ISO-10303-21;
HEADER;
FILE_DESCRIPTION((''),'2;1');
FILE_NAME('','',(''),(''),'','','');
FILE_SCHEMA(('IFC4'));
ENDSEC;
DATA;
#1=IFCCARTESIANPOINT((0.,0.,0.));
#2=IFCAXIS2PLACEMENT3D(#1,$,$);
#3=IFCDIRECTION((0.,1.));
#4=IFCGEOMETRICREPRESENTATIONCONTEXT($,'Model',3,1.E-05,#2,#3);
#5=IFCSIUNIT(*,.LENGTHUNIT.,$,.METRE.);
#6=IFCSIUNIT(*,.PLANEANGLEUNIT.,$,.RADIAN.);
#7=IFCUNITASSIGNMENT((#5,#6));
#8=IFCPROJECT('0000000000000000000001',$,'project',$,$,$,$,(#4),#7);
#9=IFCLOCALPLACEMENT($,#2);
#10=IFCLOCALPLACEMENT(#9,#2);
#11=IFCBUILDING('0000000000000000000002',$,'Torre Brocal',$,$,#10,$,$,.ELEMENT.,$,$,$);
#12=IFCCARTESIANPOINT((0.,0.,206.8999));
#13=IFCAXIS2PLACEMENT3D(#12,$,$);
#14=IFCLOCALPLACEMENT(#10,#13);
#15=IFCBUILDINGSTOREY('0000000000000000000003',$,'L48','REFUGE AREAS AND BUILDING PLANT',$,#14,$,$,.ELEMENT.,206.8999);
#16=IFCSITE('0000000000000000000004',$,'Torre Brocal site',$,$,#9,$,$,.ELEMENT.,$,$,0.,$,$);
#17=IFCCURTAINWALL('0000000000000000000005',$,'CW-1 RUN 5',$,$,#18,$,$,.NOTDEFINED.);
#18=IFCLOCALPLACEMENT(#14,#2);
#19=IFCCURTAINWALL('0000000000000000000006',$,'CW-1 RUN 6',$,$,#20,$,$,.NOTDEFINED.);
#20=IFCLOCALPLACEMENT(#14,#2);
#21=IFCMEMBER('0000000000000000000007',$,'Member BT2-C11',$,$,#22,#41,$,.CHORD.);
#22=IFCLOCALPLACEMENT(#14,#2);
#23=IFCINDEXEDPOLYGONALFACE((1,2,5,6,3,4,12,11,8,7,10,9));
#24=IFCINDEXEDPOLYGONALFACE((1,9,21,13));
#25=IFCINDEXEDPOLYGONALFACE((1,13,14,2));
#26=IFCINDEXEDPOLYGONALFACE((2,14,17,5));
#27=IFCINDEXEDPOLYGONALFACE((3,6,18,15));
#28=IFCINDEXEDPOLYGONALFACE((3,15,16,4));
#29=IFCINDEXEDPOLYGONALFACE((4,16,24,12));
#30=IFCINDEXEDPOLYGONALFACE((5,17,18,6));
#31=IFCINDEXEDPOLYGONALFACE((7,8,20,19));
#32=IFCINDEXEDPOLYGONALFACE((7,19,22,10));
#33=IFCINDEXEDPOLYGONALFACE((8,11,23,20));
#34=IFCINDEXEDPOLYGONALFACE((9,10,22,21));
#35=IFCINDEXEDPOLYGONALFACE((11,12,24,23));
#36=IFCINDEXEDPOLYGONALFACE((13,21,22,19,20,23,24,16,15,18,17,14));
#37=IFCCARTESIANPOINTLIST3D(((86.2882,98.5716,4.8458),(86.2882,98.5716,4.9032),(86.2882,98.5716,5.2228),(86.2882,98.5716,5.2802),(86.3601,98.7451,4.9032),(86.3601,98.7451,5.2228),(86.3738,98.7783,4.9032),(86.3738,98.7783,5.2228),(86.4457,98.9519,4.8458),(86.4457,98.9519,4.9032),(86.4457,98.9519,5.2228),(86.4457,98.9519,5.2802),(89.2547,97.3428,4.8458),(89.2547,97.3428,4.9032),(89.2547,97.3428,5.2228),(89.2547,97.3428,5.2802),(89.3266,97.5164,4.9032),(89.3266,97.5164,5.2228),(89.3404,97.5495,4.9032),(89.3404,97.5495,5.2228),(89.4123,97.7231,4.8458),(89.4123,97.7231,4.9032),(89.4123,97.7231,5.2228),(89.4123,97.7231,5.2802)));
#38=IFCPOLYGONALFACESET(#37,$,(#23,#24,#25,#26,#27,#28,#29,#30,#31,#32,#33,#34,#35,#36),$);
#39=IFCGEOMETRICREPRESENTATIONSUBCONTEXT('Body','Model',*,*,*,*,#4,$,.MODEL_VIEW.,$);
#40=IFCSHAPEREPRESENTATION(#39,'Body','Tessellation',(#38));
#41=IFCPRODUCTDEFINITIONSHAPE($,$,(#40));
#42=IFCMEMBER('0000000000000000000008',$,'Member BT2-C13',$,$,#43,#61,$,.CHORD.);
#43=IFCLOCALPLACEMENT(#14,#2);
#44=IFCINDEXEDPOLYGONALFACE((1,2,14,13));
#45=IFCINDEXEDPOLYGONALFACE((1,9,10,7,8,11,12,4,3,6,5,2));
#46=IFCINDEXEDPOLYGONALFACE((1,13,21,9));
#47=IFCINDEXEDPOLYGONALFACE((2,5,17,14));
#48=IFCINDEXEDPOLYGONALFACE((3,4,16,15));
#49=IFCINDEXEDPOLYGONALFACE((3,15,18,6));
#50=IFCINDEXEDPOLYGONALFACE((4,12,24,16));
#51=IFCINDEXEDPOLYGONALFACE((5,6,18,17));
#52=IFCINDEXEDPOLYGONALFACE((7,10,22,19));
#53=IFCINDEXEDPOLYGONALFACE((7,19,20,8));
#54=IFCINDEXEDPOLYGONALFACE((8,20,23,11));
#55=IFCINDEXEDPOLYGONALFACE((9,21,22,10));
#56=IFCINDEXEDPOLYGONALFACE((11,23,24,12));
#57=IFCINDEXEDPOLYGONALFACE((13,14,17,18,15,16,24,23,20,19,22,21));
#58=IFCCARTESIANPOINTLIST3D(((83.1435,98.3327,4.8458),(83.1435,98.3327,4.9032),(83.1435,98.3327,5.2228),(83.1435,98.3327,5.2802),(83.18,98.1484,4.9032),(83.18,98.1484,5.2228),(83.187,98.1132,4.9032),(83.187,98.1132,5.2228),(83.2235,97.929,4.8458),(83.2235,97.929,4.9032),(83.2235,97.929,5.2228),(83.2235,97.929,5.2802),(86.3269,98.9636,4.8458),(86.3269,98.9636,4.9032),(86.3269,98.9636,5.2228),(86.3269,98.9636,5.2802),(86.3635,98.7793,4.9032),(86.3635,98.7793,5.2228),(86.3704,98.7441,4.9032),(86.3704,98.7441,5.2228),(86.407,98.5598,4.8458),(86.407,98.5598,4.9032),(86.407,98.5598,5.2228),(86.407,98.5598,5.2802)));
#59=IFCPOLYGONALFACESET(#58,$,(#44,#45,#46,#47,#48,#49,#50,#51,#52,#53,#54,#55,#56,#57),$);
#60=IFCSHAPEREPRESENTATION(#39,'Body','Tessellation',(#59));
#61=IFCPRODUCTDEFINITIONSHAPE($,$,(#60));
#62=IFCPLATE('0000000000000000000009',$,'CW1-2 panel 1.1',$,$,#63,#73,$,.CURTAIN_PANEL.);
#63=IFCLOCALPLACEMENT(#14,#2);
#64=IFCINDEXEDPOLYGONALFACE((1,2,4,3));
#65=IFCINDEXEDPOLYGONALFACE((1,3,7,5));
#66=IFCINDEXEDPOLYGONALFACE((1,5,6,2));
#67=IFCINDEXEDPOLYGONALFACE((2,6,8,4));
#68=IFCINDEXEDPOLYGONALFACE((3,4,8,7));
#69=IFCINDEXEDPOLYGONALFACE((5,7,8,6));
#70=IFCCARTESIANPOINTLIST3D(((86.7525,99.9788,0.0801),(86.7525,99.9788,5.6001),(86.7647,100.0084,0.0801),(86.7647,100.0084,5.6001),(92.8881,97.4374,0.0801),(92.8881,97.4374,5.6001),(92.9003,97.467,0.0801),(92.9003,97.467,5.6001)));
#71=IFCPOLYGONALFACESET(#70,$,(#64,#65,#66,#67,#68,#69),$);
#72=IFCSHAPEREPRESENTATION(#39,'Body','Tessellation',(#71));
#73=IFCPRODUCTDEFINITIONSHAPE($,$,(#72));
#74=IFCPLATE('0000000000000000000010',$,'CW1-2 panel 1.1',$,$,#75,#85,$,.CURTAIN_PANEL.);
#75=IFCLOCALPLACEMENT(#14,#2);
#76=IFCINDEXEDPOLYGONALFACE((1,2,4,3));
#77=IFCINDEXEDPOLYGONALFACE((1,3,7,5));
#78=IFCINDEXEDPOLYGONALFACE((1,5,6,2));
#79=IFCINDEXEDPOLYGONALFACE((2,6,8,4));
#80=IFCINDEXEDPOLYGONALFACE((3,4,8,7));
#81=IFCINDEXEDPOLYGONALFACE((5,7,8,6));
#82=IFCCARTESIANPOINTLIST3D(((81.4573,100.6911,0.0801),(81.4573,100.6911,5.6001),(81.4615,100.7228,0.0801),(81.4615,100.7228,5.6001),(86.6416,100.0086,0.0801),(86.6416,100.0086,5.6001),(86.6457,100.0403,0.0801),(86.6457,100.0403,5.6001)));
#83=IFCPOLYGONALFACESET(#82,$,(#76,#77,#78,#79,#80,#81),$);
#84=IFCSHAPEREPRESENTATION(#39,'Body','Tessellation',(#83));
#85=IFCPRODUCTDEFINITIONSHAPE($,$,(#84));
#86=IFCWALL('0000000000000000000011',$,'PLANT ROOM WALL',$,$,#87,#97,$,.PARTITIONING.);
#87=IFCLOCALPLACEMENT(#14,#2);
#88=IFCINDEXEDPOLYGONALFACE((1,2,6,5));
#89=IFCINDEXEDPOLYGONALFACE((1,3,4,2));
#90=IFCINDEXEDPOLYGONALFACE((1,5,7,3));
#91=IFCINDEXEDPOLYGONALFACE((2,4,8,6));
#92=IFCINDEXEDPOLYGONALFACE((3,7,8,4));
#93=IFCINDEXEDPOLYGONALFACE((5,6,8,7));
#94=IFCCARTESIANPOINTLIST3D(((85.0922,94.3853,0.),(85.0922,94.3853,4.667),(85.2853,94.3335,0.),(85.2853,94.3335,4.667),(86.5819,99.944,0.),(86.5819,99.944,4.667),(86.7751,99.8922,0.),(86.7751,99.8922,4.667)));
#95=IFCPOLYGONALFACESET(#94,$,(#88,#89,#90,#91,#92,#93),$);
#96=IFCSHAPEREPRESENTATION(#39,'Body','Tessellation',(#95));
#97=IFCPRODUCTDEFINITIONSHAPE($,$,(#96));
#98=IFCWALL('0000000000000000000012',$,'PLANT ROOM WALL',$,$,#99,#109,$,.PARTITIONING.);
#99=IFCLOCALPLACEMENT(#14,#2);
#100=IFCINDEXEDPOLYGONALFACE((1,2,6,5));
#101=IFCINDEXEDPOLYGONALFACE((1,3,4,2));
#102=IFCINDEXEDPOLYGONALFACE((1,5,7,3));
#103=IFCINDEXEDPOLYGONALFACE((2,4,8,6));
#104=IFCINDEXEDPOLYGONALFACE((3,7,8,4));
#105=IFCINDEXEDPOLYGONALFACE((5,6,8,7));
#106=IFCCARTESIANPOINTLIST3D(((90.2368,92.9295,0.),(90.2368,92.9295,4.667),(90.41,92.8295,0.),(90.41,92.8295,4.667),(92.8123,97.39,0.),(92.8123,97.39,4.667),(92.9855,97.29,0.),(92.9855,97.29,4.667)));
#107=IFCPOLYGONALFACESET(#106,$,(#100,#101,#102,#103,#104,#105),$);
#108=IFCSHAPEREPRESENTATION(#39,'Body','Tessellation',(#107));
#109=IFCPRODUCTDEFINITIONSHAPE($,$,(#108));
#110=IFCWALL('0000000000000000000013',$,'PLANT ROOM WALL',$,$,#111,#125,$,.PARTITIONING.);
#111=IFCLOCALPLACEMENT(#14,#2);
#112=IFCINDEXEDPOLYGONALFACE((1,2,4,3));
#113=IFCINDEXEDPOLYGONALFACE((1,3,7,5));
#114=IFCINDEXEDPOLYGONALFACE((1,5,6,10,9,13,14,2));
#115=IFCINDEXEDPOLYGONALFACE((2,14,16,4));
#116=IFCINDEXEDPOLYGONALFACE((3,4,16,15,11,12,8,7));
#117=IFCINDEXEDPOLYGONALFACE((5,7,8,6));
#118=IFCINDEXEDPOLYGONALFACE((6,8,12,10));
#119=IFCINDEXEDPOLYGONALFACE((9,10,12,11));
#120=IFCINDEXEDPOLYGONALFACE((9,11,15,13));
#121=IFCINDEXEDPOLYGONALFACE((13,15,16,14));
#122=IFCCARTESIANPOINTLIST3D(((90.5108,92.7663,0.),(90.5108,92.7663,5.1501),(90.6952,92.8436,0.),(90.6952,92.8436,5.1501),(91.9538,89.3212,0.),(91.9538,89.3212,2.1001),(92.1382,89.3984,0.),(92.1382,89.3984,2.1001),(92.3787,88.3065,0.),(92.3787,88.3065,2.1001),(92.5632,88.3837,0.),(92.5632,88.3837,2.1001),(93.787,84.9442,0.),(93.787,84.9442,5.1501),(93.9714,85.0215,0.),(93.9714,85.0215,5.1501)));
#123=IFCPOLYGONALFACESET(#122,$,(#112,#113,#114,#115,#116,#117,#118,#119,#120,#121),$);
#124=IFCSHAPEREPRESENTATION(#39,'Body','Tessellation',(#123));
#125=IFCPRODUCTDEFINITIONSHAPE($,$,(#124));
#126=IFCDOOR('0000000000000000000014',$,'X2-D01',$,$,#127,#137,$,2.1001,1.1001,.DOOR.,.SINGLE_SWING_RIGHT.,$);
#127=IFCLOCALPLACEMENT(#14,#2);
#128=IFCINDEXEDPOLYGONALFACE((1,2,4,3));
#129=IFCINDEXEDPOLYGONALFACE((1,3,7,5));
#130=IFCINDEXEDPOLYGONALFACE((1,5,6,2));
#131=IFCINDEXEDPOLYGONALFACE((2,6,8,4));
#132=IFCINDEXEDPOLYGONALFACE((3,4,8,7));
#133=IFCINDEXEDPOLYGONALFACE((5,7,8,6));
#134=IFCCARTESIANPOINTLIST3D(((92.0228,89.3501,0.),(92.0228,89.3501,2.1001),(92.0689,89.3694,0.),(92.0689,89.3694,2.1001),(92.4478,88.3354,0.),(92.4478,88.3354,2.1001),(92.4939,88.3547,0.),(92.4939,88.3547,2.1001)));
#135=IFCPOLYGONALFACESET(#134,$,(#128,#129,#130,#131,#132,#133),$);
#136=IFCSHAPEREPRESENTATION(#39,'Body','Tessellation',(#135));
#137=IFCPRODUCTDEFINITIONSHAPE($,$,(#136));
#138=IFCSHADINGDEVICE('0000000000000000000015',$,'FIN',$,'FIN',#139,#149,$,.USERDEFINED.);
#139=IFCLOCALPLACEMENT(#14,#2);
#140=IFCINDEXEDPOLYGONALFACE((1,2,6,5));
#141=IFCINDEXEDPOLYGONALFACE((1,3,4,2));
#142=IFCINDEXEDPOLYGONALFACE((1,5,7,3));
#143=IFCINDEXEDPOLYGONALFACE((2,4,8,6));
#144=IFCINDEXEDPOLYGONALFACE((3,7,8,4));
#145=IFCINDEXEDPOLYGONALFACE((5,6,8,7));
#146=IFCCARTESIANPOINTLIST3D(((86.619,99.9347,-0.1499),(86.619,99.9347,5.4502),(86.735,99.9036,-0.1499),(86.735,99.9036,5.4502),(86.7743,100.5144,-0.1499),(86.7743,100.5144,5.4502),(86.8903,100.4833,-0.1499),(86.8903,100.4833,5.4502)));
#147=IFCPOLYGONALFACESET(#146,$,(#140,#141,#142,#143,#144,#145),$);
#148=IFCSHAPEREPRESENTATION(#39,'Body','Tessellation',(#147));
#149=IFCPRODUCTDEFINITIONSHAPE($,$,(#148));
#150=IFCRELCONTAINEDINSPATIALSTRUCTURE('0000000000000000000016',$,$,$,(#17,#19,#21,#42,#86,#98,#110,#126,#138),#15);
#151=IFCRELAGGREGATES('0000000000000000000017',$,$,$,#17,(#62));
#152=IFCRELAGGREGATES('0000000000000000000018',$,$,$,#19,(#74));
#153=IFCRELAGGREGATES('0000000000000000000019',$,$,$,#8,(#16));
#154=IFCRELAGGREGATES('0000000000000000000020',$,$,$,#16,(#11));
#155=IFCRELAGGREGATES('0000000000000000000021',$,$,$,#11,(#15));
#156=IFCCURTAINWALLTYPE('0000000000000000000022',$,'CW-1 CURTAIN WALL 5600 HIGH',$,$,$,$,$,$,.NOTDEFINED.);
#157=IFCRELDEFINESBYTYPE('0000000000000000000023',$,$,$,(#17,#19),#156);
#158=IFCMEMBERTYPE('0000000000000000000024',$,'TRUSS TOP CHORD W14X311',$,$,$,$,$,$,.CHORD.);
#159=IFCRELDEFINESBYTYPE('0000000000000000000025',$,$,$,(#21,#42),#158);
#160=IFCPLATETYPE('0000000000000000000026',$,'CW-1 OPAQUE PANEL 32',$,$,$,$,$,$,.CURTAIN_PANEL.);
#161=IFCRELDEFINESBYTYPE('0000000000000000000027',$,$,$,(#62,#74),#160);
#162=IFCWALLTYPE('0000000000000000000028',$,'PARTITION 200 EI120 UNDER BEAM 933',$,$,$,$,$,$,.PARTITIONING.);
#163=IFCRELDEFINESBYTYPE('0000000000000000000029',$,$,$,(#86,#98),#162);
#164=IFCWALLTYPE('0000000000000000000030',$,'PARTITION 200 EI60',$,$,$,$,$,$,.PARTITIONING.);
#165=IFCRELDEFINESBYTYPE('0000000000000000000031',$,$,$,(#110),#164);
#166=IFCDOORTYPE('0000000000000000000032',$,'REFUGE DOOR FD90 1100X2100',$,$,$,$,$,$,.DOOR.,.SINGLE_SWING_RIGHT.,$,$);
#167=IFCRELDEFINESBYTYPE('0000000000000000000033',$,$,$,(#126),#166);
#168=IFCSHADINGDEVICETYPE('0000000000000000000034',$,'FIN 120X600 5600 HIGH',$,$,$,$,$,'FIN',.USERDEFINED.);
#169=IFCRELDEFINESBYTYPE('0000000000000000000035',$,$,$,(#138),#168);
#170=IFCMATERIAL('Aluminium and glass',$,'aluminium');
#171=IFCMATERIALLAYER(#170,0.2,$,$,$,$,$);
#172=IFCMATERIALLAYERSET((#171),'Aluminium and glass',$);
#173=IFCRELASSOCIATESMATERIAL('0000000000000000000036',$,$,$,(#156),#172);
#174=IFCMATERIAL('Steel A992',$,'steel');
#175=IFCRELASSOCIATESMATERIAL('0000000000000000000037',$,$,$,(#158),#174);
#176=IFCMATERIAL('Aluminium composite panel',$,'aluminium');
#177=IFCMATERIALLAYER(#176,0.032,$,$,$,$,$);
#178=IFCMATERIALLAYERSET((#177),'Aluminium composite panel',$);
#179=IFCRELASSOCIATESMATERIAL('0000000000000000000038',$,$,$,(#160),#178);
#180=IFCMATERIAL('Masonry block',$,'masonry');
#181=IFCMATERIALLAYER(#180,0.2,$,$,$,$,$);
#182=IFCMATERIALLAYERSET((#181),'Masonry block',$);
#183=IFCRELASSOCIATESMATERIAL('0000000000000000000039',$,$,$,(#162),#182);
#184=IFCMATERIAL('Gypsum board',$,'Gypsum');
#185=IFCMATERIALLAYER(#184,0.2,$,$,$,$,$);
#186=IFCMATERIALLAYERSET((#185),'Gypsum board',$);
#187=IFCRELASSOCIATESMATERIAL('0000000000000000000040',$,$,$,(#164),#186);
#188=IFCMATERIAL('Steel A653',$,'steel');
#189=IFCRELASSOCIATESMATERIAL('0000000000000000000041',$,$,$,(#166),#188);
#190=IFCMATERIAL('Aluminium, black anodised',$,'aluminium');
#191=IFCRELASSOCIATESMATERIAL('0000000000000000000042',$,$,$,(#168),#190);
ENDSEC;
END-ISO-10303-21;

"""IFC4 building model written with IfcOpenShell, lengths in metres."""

from ifc_helpers import new_model, si_unit, direction, frame, frame_2d, origin, origin_2d, place, context, subcontext, project, spatial, rectangle, i_section, extrude, material, layer, layer_set, material_profile, profile_set, type_object, element, fill, aggregate, save


model = new_model("IFC4")

# Units and contexts
model_context = context("Model", 3, precision=1e-05, world=origin(), true_north=direction((0.0, 1.0)))
body_context = subcontext(model_context, "Body", "Model", "MODEL_VIEW")
ifc_project = project(units=[si_unit("LENGTHUNIT", "METRE"), si_unit("PLANEANGLEUNIT", "RADIAN")], contexts=[model_context])

# Site, building, storey
site_placement = place(None, origin())
site = spatial("IfcSite", under=ifc_project, at=site_placement, Name="Torre Brocal site", CompositionType="ELEMENT", RefElevation=0.0)
building_placement = place(site_placement, origin())
building = spatial("IfcBuilding", under=site, at=building_placement, Name="Torre Brocal", CompositionType="ELEMENT")
storey_placement = place(building_placement, frame((0.0, 0.0, 206.8999)))
storey = spatial("IfcBuildingStorey", under=building, at=storey_placement, Name="L48", Description="REFUGE AREAS AND BUILDING PLANT", CompositionType="ELEMENT", Elevation=206.8999)

# Curtain wall
ifc_material_1 = material(Name="Aluminium and glass", Category="aluminium")
ifc_layer_1 = layer(ifc_material_1, 0.2)
ifc_layer_set_1 = layer_set([ifc_layer_1], Name="Aluminium and glass")
curtain_wall_type = type_object("IfcCurtainWallType", Name="CW-1 CURTAIN WALL 5600 HIGH", PredefinedType="NOTDEFINED", material=ifc_layer_set_1)
curtain_wall_1_placement = place(storey_placement, origin())
curtain_wall_1 = element("IfcCurtainWall", 1, at=curtain_wall_1_placement, inside=storey, type_object=curtain_wall_type, Name="CW-1 RUN 5", PredefinedType="NOTDEFINED")

# Curtain wall
curtain_wall_2_placement = place(storey_placement, origin())
curtain_wall_2 = element("IfcCurtainWall", 2, at=curtain_wall_2_placement, inside=storey, type_object=curtain_wall_type, Name="CW-1 RUN 6", PredefinedType="NOTDEFINED")

# Members
ifc_material_2 = material(Name="Steel A992", Category="steel")
ifc_material_profile_1 = material_profile(ifc_material_2, i_section(OverallWidth=0.4116, OverallDepth=0.4343, WebThickness=0.0359, FlangeThickness=0.0574, at=origin_2d()), Name="W14X311")
ifc_profile_set_1 = profile_set([ifc_material_profile_1], Name="Steel A992")
member_type_1 = type_object("IfcMemberType", Name="TRUSS TOP CHORD W14X311", PredefinedType="CHORD", material=ifc_profile_set_1)
member_1_placement = place(storey_placement, frame((89.3335, 97.533, 5.063), z_axis=(-0.923882, 0.382676, 0.0), x_axis=(-0.382676, -0.923882, 0.0)))
element("IfcMember", 3, at=member_1_placement, inside=storey, type_object=member_type_1, Name="Member BT2-C11", PredefinedType="CHORD", context=body_context, shape_type="SweptSolid", body=[
    extrude(i_section(OverallWidth=0.4116, OverallDepth=0.4343, WebThickness=0.0359, FlangeThickness=0.0574, at=origin_2d()), origin(), (0.0, 0.0, 1.0), 3.2109),
])
member_2_placement = place(storey_placement, frame((86.3669, 98.7617, 5.063), z_axis=(-0.980923, -0.194394, 0.0), x_axis=(0.194394, -0.980923, 0.0)))
element("IfcMember", 4, at=member_2_placement, inside=storey, type_object=member_type_1, Name="Member BT2-C13", PredefinedType="CHORD", context=body_context, shape_type="SweptSolid", body=[
    extrude(i_section(OverallWidth=0.4116, OverallDepth=0.4343, WebThickness=0.0359, FlangeThickness=0.0574, at=origin_2d()), origin(), (0.0, 0.0, 1.0), 3.2454),
])

# Plates
ifc_material_3 = material(Name="Aluminium composite panel", Category="aluminium")
ifc_layer_2 = layer(ifc_material_3, 0.032)
ifc_layer_set_2 = layer_set([ifc_layer_2], Name="Aluminium composite panel")
plate_type = type_object("IfcPlateType", Name="CW-1 OPAQUE PANEL 32", PredefinedType="CURTAIN_PANEL", material=ifc_layer_set_2)
plate_1_placement = place(storey_placement, frame((89.8264, 98.7229, 0.0801), z_axis=(0.0, 0.0, 1.0), x_axis=(-0.92388, 0.382683, 0.0)))
plate_1 = element("IfcPlate", 5, at=plate_1_placement, type_object=plate_type, Name="CW1-2 panel 1.1", PredefinedType="CURTAIN_PANEL", context=body_context, shape_type="SweptSolid", body=[
    extrude(rectangle(XDim=6.6411, YDim=0.032, at=origin_2d()), origin(), (0.0, 0.0, 1.0), 5.52),
])
aggregate(curtain_wall_1, [plate_1])
plate_2_placement = place(storey_placement, frame((84.0515, 100.3657, 0.0801), z_axis=(0.0, 0.0, 1.0), x_axis=(-0.991445, 0.130526, 0.0)))
plate_2 = element("IfcPlate", 6, at=plate_2_placement, type_object=plate_type, Name="CW1-2 panel 1.1", PredefinedType="CURTAIN_PANEL", context=body_context, shape_type="SweptSolid", body=[
    extrude(rectangle(XDim=5.229, YDim=0.032, at=origin_2d()), origin(), (0.0, 0.0, 1.0), 5.52),
])
aggregate(curtain_wall_2, [plate_2])

# Walls
ifc_material_4 = material(Name="Masonry block", Category="masonry")
ifc_layer_3 = layer(ifc_material_4, 0.2)
ifc_layer_set_3 = layer_set([ifc_layer_3], Name="Masonry block")
wall_type_1 = type_object("IfcWallType", Name="PARTITION 200 EI120 UNDER BEAM 933", PredefinedType="PARTITIONING", material=ifc_layer_set_3)
wall_1_placement = place(storey_placement, frame((85.1887, 94.3594, 0.0), z_axis=(0.0, 0.0, 1.0), x_axis=(0.258872, 0.965912, 0.0)))
element("IfcWall", 7, at=wall_1_placement, inside=storey, type_object=wall_type_1, Name="PLANT ROOM WALL", PredefinedType="PARTITIONING", context=body_context, shape_type="SweptSolid", body=[
    extrude(rectangle(XDim=5.7549, YDim=0.2, at=frame_2d((2.8774, 0.0))), origin(), (0.0, 0.0, 1.0), 4.667),
])
wall_2_placement = place(storey_placement, frame((90.3235, 92.8796, 0.0), z_axis=(0.0, 0.0, 1.0), x_axis=(0.500029, 0.866009, 0.0)))
element("IfcWall", 8, at=wall_2_placement, inside=storey, type_object=wall_type_1, Name="PLANT ROOM WALL", PredefinedType="PARTITIONING", context=body_context, shape_type="SweptSolid", body=[
    extrude(rectangle(XDim=5.1506, YDim=0.2, at=frame_2d((2.5752, 0.0))), origin(), (0.0, 0.0, 1.0), 4.667),
])

# Wall, opening, door
ifc_material_5 = material(Name="Gypsum board", Category="Gypsum")
ifc_layer_4 = layer(ifc_material_5, 0.2)
ifc_layer_set_4 = layer_set([ifc_layer_4], Name="Gypsum board")
wall_type_2 = type_object("IfcWallType", Name="PARTITION 200 EI60", PredefinedType="PARTITIONING", material=ifc_layer_set_4)
wall_3_placement = place(storey_placement, frame((90.603, 92.8049, 0.0), z_axis=(0.0, 0.0, 1.0), x_axis=(0.386318, -0.922366, 0.0)))
wall_3 = element("IfcWall", 9, at=wall_3_placement, inside=storey, type_object=wall_type_2, Name="PLANT ROOM WALL", PredefinedType="PARTITIONING", context=body_context, shape_type="SweptSolid", body=[
    extrude(rectangle(XDim=8.4805, YDim=0.2, at=frame_2d((4.2402, 0.0))), origin(), (0.0, 0.0, 1.0), 5.1501),
])
opening_placement = place(wall_3_placement, frame((3.7351, 0.0, 0.0)))
opening = element("IfcOpeningElement", 10, at=opening_placement, cuts=wall_3, PredefinedType="OPENING", context=body_context, shape_type="SweptSolid", body=[
    extrude(rectangle(XDim=1.1001, YDim=2.1001, at=frame_2d((0.55, 1.05))), frame((0.0, 0.1099, 0.0), z_axis=(0.0, -1.0, 0.0), x_axis=(1.0, 0.0, 0.0)), (0.0, 0.0, 1.0), 0.22),
])
ifc_material_6 = material(Name="Steel A653", Category="steel")
door_type = type_object("IfcDoorType", Name="REFUGE DOOR FD90 1100X2100", OperationType="SINGLE_SWING_RIGHT", PredefinedType="DOOR", material=ifc_material_6)
door_placement = place(opening_placement, origin())
door = element("IfcDoor", 11, at=door_placement, inside=storey, type_object=door_type, Name="X2-D01", OperationType="SINGLE_SWING_RIGHT", OverallHeight=2.1001, OverallWidth=1.1001, PredefinedType="DOOR", context=body_context, shape_type="SweptSolid", body=[
    extrude(rectangle(XDim=1.1001, YDim=2.1001, at=frame_2d((0.55, 1.05))), frame((0.0, 0.0249, 0.0), z_axis=(0.0, -1.0, 0.0), x_axis=(1.0, 0.0, 0.0)), (0.0, 0.0, 1.0), 0.05),
])
fill(opening, door)

# Shading device
ifc_material_7 = material(Name="Aluminium, black anodised", Category="aluminium")
ifc_material_profile_2 = material_profile(ifc_material_7, rectangle(XDim=0.1201, YDim=0.6001, at=origin_2d()), Name="FIN 120X600 5600 HIGH")
ifc_profile_set_2 = profile_set([ifc_material_profile_2], Name="Aluminium, black anodised")
shading_device_type = type_object("IfcShadingDeviceType", Name="FIN 120X600 5600 HIGH", ElementType="FIN", PredefinedType="USERDEFINED", material=ifc_profile_set_2)
shading_device_placement = place(storey_placement, frame((86.7546, 100.209, -0.1499), z_axis=(0.0, 0.0, 1.0), x_axis=(-0.965926, 0.258819, 0.0)))
element("IfcShadingDevice", 12, at=shading_device_placement, inside=storey, type_object=shading_device_type, Name="FIN", ObjectType="FIN", PredefinedType="USERDEFINED", context=body_context, shape_type="SweptSolid", body=[
    extrude(rectangle(XDim=0.1201, YDim=0.6001, at=origin_2d()), origin(), (0.0, 0.0, 1.0), 5.6001),
])

save(model, "model.ifc")
